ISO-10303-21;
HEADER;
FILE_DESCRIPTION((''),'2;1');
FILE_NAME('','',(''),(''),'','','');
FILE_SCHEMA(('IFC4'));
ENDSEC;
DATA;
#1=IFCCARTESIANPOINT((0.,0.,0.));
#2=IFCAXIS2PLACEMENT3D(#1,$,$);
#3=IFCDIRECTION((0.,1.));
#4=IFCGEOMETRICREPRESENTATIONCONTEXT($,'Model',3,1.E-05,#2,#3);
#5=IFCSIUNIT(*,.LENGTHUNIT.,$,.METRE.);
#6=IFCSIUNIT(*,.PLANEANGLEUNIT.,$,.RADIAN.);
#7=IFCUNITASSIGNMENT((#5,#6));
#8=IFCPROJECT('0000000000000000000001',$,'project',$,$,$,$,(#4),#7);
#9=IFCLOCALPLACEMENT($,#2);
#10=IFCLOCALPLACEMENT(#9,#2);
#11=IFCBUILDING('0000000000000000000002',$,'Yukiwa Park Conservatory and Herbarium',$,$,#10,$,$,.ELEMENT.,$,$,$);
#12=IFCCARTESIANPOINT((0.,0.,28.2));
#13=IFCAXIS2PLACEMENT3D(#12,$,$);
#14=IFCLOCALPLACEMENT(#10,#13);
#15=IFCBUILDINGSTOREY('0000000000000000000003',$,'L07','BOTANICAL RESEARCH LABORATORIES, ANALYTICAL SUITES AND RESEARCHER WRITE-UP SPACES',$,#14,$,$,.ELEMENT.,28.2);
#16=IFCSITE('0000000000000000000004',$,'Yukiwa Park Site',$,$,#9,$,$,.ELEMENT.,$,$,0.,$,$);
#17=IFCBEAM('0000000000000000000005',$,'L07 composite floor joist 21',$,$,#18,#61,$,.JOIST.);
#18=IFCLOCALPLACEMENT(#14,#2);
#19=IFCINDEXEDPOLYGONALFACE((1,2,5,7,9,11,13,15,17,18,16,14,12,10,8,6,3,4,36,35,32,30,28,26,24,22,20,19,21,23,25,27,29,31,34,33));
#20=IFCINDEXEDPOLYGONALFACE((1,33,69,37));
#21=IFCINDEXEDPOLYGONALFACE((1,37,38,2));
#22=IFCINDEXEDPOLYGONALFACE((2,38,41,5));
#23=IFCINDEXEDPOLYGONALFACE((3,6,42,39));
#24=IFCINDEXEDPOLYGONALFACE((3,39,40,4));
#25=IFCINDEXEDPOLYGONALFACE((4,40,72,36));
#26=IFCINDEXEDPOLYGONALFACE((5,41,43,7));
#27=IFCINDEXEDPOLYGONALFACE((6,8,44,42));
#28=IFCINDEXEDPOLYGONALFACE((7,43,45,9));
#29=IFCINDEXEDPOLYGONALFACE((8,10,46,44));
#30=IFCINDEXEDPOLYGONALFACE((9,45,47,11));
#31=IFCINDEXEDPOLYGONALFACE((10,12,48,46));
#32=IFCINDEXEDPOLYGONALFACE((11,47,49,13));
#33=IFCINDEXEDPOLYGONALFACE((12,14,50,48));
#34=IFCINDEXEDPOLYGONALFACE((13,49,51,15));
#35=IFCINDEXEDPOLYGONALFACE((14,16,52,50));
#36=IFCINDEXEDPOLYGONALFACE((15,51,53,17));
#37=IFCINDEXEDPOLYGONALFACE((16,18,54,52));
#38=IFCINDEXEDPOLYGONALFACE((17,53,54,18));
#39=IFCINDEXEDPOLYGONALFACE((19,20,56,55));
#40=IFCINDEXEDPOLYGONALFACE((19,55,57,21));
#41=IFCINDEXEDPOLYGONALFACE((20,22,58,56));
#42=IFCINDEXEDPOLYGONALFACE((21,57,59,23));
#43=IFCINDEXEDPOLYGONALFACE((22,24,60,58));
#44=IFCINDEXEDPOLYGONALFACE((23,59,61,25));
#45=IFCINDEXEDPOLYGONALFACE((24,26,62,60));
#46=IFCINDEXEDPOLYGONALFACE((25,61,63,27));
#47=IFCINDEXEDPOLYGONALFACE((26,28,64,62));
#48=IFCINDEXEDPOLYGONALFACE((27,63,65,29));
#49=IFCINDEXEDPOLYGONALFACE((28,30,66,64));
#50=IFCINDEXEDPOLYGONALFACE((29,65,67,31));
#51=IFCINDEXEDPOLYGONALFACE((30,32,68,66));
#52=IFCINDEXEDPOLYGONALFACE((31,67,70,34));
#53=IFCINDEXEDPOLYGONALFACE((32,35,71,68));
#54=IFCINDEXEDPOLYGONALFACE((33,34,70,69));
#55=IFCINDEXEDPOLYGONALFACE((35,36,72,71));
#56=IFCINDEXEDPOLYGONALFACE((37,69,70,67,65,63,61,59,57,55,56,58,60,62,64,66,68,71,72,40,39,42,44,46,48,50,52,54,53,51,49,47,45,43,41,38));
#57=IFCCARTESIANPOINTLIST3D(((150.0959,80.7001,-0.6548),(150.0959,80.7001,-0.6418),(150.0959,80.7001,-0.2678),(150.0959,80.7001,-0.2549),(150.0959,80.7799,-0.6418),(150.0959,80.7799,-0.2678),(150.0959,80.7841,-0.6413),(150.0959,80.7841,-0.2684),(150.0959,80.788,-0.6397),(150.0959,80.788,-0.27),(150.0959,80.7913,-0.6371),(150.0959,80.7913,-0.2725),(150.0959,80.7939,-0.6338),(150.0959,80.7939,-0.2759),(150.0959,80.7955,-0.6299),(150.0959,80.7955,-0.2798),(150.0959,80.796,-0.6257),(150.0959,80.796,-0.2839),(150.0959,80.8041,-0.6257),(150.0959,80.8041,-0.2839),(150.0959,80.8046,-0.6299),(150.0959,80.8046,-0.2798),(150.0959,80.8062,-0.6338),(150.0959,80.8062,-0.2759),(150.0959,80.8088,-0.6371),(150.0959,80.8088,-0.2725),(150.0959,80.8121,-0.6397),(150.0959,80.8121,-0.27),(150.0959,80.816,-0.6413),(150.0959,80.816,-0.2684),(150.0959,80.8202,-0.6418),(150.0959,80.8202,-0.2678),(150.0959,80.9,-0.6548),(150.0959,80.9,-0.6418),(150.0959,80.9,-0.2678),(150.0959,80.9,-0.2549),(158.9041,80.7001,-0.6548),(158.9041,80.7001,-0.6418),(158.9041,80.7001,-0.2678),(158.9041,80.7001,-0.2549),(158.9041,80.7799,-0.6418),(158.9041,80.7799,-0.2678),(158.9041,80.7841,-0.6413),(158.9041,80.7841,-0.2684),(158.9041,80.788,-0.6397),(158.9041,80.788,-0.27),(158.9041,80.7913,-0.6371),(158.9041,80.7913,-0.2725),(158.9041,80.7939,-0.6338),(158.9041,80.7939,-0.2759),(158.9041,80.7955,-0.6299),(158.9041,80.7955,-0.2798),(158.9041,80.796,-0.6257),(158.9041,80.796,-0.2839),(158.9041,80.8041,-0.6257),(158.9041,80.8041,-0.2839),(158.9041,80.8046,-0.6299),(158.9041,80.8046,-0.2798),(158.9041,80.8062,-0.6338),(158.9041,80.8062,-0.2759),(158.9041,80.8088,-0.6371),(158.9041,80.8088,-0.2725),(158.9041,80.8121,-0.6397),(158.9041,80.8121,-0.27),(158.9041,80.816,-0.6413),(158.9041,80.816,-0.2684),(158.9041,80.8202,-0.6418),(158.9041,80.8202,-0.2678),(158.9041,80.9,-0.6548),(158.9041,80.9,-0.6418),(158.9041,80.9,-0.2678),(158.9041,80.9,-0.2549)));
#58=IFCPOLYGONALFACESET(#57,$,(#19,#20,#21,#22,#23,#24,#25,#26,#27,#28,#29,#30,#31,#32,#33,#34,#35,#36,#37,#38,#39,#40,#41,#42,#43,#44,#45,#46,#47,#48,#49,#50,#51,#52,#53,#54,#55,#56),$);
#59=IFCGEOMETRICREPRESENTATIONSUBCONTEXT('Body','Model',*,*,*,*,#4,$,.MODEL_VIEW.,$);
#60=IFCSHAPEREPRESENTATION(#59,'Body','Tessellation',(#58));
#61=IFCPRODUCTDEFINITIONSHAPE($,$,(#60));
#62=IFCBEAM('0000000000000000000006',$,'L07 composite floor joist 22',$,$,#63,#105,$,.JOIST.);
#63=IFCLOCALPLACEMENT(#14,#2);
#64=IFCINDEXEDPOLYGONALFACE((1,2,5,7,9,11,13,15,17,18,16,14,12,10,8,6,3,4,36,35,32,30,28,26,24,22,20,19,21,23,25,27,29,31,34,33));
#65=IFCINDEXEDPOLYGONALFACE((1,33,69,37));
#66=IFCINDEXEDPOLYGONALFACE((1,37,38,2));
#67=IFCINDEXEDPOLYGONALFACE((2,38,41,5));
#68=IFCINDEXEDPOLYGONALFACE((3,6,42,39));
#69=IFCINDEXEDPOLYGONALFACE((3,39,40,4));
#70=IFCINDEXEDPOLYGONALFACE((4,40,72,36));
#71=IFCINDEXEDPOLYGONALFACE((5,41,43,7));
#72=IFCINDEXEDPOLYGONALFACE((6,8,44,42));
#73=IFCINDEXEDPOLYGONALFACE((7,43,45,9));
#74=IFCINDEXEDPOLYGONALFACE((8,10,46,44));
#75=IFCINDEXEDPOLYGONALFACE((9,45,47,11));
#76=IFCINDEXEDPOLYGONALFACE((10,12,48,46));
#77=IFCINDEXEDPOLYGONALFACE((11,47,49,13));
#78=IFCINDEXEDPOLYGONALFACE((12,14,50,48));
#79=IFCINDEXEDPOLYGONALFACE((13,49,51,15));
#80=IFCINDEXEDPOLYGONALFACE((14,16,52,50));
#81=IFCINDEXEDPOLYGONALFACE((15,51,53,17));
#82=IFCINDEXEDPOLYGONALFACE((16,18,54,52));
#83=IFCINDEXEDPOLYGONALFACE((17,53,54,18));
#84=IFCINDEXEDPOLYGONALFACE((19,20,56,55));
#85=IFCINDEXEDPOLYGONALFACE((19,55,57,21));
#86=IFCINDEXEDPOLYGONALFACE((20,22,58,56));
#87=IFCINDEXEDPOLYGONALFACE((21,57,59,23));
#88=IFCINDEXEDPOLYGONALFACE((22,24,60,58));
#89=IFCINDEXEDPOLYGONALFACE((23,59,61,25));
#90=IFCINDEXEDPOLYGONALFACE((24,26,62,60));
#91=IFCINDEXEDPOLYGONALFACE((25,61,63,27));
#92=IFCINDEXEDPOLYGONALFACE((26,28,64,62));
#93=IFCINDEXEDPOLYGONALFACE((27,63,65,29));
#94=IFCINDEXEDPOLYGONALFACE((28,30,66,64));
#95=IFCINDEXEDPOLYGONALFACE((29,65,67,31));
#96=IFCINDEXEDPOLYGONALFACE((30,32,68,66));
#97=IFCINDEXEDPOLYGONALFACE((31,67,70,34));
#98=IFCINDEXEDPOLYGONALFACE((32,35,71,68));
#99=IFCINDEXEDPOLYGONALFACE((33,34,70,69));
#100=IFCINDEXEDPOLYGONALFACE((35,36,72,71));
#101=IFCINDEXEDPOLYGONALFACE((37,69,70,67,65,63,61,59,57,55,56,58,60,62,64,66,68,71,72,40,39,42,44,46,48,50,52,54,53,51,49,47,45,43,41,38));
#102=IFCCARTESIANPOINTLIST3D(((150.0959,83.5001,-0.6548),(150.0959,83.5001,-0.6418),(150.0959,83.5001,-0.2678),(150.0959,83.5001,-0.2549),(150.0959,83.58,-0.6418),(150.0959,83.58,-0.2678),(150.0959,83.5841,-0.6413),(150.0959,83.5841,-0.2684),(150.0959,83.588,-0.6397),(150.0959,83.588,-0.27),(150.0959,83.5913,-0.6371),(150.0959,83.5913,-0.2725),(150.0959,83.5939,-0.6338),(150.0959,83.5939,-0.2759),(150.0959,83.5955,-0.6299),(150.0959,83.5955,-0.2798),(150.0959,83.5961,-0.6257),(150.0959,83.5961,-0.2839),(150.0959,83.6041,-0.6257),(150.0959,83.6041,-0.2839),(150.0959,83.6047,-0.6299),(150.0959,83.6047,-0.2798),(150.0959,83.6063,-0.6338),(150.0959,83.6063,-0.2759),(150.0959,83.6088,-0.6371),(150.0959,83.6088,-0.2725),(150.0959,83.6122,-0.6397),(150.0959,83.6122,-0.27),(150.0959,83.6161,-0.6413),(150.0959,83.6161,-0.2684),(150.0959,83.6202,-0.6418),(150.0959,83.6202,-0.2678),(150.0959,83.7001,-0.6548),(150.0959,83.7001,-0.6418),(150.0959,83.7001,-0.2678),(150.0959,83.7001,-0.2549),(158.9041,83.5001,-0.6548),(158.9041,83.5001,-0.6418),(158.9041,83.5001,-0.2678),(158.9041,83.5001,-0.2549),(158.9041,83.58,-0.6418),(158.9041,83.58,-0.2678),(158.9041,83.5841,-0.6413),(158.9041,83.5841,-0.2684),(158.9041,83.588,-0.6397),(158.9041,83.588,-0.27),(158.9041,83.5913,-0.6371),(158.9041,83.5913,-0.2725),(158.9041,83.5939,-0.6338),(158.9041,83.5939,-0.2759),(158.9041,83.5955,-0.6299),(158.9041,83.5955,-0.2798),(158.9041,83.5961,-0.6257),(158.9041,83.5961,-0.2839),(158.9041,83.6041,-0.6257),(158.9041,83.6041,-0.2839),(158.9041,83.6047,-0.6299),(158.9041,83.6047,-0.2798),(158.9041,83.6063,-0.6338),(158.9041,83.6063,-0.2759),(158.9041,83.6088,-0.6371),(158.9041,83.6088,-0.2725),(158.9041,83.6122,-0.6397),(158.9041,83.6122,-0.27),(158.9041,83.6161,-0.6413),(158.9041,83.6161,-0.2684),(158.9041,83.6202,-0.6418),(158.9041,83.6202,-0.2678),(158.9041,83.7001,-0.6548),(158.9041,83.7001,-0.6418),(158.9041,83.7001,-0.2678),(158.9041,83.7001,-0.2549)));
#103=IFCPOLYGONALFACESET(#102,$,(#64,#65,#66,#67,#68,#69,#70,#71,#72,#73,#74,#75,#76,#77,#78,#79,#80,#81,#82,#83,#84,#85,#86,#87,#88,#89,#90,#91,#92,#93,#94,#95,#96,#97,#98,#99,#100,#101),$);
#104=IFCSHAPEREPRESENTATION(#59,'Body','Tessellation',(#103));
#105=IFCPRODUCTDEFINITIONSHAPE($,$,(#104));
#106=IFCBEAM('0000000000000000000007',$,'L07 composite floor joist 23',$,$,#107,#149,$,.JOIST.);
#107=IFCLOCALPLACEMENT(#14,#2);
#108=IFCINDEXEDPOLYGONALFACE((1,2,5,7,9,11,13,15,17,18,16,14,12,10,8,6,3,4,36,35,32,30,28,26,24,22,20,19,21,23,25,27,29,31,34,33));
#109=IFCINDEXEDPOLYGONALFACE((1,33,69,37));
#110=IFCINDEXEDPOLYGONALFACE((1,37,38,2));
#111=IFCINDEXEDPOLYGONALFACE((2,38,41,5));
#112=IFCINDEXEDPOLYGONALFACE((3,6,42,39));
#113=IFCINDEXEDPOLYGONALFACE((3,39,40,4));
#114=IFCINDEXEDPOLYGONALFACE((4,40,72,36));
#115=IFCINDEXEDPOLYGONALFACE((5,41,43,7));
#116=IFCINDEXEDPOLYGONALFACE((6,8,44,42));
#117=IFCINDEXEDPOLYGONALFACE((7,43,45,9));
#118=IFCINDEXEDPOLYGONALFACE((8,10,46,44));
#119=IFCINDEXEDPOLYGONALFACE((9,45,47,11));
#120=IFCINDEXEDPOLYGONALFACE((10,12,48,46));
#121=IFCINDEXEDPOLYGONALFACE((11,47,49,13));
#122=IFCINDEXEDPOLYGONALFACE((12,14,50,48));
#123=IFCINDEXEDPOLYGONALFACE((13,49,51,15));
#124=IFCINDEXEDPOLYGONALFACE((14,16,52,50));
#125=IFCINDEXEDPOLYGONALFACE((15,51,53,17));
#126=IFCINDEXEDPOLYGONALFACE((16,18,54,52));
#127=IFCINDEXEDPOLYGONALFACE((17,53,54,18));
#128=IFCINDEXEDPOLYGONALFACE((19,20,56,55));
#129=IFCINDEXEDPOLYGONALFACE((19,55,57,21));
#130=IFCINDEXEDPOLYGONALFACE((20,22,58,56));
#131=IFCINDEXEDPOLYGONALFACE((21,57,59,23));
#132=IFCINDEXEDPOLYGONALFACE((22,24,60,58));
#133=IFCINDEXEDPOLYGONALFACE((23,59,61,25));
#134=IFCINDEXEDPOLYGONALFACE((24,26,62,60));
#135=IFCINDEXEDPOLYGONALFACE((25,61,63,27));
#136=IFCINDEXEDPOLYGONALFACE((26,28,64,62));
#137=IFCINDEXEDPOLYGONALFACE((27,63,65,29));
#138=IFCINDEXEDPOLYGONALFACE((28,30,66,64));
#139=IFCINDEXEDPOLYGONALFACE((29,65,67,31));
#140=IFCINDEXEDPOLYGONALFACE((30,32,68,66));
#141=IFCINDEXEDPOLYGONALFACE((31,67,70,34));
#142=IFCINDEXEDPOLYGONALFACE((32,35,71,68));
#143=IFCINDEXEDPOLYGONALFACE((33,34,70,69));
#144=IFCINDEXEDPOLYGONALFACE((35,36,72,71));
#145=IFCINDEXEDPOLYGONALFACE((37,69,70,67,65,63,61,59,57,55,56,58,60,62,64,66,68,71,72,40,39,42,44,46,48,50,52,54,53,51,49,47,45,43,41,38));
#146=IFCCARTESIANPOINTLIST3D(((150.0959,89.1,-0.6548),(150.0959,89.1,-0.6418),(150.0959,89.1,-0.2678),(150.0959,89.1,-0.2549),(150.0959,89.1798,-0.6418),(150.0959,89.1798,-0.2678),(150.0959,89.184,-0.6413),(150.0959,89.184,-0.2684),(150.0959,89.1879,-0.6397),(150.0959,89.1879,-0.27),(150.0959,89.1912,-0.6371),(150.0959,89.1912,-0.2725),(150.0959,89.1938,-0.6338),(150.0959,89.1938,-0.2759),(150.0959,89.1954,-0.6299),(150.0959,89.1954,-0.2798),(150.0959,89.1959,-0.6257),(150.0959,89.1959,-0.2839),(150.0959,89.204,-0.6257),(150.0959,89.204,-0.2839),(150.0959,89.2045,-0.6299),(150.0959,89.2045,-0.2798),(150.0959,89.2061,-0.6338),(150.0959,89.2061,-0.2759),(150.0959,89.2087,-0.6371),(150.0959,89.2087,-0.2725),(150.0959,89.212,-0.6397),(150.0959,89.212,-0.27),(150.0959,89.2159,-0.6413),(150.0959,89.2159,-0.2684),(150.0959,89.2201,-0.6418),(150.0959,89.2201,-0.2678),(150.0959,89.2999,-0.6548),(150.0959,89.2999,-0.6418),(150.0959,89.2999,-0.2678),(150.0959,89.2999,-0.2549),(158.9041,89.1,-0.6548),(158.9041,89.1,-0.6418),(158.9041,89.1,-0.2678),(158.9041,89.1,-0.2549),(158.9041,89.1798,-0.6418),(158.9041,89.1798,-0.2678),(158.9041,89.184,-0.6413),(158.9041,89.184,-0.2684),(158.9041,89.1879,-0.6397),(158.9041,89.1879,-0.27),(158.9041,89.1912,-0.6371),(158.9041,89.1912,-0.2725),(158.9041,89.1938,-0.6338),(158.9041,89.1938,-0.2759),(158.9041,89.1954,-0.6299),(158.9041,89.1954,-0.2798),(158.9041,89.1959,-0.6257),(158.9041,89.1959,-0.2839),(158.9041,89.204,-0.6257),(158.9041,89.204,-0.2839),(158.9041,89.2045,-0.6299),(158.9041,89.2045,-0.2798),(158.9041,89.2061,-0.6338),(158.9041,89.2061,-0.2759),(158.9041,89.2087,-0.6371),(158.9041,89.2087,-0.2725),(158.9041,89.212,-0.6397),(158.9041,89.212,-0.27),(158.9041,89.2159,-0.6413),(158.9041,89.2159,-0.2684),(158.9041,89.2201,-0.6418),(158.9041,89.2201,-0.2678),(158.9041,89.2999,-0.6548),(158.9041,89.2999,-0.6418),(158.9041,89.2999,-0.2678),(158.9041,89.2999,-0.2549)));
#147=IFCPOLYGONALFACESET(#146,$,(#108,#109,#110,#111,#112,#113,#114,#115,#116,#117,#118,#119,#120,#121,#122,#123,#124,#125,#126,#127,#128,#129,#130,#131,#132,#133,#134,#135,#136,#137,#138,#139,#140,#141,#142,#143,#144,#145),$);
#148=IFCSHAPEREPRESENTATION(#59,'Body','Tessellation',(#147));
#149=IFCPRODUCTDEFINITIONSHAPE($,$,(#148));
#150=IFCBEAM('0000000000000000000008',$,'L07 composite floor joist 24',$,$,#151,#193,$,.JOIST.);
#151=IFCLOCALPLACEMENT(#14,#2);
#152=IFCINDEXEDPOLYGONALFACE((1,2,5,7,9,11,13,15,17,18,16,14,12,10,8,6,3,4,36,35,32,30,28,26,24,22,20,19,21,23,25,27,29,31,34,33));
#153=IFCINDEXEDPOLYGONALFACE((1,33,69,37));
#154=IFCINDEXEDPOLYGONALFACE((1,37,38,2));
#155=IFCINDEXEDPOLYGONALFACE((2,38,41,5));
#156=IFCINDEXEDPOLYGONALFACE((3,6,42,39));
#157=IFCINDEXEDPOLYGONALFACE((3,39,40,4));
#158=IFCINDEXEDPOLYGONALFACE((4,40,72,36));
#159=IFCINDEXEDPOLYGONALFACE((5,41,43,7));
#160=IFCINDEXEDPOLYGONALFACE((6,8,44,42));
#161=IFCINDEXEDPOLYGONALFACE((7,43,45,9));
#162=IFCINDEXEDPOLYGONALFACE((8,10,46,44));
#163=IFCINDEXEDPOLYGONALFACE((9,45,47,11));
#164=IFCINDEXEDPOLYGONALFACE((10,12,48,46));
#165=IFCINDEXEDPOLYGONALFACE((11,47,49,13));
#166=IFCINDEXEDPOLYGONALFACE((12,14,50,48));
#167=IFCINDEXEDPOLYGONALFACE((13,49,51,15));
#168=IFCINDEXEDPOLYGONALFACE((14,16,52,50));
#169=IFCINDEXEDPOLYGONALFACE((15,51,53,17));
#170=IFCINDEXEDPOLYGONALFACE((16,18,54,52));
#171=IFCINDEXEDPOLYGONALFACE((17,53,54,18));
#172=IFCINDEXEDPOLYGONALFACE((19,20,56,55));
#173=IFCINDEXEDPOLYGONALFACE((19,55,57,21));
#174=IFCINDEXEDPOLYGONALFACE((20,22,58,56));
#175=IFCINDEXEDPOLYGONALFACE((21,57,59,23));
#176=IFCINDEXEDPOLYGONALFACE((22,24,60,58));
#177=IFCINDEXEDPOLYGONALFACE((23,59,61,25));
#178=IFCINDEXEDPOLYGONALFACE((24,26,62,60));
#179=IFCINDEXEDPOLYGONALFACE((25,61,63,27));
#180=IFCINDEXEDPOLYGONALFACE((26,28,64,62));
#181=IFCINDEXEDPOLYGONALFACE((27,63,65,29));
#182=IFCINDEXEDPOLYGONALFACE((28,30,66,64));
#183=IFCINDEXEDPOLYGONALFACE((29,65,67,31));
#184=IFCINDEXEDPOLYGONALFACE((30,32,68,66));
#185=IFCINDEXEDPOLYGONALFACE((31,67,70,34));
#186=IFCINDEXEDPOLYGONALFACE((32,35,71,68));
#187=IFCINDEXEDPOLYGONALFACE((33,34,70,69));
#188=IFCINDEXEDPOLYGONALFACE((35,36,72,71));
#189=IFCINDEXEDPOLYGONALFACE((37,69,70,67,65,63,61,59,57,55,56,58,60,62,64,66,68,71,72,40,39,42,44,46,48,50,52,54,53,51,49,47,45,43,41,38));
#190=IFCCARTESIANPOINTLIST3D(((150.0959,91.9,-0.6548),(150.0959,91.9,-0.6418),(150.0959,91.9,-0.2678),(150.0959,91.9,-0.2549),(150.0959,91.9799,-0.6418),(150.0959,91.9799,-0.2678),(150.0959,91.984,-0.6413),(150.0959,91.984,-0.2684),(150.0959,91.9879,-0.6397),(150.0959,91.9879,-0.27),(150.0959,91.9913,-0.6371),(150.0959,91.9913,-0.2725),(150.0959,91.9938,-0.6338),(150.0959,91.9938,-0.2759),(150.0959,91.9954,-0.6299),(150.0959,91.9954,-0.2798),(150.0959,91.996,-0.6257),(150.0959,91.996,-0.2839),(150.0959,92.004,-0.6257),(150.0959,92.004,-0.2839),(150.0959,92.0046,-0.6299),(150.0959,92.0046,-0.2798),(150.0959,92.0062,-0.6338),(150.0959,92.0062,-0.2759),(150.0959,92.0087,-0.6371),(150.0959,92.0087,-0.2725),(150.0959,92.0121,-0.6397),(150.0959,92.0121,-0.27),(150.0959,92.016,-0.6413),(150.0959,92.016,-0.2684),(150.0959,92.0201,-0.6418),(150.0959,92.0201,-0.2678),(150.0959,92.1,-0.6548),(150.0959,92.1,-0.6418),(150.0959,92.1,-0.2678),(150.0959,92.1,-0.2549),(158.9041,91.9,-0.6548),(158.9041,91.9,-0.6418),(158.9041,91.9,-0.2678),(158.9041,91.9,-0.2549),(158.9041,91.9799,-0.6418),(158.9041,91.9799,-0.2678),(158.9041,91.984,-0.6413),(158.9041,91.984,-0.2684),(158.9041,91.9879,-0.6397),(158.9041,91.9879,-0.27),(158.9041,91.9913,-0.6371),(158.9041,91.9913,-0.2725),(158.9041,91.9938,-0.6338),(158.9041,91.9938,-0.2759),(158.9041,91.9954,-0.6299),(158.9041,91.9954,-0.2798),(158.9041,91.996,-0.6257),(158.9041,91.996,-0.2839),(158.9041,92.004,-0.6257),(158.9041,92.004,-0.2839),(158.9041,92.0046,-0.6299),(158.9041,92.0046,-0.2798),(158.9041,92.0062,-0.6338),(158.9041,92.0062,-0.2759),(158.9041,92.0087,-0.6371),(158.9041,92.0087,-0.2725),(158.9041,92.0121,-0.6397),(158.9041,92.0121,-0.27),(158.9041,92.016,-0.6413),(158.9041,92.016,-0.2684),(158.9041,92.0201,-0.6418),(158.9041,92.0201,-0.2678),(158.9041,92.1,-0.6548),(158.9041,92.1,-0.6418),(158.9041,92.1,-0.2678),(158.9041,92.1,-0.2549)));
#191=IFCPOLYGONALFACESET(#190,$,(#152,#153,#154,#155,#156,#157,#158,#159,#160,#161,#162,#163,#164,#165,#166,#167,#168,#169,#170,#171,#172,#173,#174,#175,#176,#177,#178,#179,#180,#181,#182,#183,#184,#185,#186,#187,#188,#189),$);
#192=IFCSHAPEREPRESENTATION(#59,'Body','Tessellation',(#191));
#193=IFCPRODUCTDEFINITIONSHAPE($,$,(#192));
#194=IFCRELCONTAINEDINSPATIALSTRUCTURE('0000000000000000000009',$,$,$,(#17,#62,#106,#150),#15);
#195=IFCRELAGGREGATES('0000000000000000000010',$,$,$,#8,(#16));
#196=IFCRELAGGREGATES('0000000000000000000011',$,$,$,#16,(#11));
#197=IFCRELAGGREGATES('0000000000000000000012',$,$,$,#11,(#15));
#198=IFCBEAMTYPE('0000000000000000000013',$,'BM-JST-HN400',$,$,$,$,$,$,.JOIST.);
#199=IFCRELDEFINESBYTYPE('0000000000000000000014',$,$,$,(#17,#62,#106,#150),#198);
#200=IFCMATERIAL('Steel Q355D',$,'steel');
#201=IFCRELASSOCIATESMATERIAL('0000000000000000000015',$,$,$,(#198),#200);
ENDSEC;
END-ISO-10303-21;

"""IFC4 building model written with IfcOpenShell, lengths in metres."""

from ifc_helpers import new_model, si_unit, direction, frame, origin, origin_2d, place, context, subcontext, project, spatial, i_section, extrude, material, material_profile, profile_set, type_object, element, save


model = new_model("IFC4")

# Units and contexts
model_context = context("Model", 3, precision=1e-05, world=origin(), true_north=direction((0.0, 1.0)))
body_context = subcontext(model_context, "Body", "Model", "MODEL_VIEW")
ifc_project = project(units=[si_unit("LENGTHUNIT", "METRE"), si_unit("PLANEANGLEUNIT", "RADIAN")], contexts=[model_context])

# Site, building, storey
site_placement = place(None, origin())
site = spatial("IfcSite", under=ifc_project, at=site_placement, Name="Yukiwa Park Site", CompositionType="ELEMENT", RefElevation=0.0)
building_placement = place(site_placement, origin())
building = spatial("IfcBuilding", under=site, at=building_placement, Name="Yukiwa Park Conservatory and Herbarium", CompositionType="ELEMENT")
storey_placement = place(building_placement, frame((0.0, 0.0, 28.2)))
storey = spatial("IfcBuildingStorey", under=building, at=storey_placement, Name="L07", Description="BOTANICAL RESEARCH LABORATORIES, ANALYTICAL SUITES AND RESEARCHER WRITE-UP SPACES", CompositionType="ELEMENT", Elevation=28.2)

# Beams
ifc_material_1 = material(Name="Steel Q355D", Category="steel")
ifc_material_profile_1 = material_profile(ifc_material_1, i_section(OverallWidth=0.2, OverallDepth=0.3999, WebThickness=0.0081, FlangeThickness=0.0129, FilletRadius=0.0161, at=origin_2d()), Name="HN 400x200x8x13")
ifc_profile_set_1 = profile_set([ifc_material_profile_1], Name="Steel Q355D")
beam_type_1 = type_object("IfcBeamType", Name="BM-JST-HN400", PredefinedType="JOIST", material=ifc_profile_set_1)
for number, where, z_axis, x_axis, name in (
    (1, (150.0959, 80.8, -0.4548), (1.0, 0.0, 0.0), (0.0, 1.0, 0.0), "L07 composite floor joist 21"),
    (2, (150.0959, 83.6001, -0.4548), (1.0, 0.0, 0.0), (0.0, 1.0, 0.0), "L07 composite floor joist 22"),
    (3, (150.0959, 89.2, -0.4548), (1.0, 0.0, 0.0), (0.0, 1.0, 0.0), "L07 composite floor joist 23"),
    (4, (150.0959, 92.0, -0.4548), (1.0, 0.0, 0.0), (0.0, 1.0, 0.0), "L07 composite floor joist 24"),
):
    element("IfcBeam", number, at=place(storey_placement, frame(where, z_axis=z_axis, x_axis=x_axis)), inside=storey, type_object=beam_type_1, Name=name, PredefinedType="JOIST", context=body_context, shape_type="SweptSolid", body=[
        extrude(i_section(OverallWidth=0.2, OverallDepth=0.3999, WebThickness=0.0081, FlangeThickness=0.0129, FilletRadius=0.0161, at=origin_2d()), origin(), (0.0, 0.0, 1.0), 8.8081),
    ])

save(model, "model.ifc")
